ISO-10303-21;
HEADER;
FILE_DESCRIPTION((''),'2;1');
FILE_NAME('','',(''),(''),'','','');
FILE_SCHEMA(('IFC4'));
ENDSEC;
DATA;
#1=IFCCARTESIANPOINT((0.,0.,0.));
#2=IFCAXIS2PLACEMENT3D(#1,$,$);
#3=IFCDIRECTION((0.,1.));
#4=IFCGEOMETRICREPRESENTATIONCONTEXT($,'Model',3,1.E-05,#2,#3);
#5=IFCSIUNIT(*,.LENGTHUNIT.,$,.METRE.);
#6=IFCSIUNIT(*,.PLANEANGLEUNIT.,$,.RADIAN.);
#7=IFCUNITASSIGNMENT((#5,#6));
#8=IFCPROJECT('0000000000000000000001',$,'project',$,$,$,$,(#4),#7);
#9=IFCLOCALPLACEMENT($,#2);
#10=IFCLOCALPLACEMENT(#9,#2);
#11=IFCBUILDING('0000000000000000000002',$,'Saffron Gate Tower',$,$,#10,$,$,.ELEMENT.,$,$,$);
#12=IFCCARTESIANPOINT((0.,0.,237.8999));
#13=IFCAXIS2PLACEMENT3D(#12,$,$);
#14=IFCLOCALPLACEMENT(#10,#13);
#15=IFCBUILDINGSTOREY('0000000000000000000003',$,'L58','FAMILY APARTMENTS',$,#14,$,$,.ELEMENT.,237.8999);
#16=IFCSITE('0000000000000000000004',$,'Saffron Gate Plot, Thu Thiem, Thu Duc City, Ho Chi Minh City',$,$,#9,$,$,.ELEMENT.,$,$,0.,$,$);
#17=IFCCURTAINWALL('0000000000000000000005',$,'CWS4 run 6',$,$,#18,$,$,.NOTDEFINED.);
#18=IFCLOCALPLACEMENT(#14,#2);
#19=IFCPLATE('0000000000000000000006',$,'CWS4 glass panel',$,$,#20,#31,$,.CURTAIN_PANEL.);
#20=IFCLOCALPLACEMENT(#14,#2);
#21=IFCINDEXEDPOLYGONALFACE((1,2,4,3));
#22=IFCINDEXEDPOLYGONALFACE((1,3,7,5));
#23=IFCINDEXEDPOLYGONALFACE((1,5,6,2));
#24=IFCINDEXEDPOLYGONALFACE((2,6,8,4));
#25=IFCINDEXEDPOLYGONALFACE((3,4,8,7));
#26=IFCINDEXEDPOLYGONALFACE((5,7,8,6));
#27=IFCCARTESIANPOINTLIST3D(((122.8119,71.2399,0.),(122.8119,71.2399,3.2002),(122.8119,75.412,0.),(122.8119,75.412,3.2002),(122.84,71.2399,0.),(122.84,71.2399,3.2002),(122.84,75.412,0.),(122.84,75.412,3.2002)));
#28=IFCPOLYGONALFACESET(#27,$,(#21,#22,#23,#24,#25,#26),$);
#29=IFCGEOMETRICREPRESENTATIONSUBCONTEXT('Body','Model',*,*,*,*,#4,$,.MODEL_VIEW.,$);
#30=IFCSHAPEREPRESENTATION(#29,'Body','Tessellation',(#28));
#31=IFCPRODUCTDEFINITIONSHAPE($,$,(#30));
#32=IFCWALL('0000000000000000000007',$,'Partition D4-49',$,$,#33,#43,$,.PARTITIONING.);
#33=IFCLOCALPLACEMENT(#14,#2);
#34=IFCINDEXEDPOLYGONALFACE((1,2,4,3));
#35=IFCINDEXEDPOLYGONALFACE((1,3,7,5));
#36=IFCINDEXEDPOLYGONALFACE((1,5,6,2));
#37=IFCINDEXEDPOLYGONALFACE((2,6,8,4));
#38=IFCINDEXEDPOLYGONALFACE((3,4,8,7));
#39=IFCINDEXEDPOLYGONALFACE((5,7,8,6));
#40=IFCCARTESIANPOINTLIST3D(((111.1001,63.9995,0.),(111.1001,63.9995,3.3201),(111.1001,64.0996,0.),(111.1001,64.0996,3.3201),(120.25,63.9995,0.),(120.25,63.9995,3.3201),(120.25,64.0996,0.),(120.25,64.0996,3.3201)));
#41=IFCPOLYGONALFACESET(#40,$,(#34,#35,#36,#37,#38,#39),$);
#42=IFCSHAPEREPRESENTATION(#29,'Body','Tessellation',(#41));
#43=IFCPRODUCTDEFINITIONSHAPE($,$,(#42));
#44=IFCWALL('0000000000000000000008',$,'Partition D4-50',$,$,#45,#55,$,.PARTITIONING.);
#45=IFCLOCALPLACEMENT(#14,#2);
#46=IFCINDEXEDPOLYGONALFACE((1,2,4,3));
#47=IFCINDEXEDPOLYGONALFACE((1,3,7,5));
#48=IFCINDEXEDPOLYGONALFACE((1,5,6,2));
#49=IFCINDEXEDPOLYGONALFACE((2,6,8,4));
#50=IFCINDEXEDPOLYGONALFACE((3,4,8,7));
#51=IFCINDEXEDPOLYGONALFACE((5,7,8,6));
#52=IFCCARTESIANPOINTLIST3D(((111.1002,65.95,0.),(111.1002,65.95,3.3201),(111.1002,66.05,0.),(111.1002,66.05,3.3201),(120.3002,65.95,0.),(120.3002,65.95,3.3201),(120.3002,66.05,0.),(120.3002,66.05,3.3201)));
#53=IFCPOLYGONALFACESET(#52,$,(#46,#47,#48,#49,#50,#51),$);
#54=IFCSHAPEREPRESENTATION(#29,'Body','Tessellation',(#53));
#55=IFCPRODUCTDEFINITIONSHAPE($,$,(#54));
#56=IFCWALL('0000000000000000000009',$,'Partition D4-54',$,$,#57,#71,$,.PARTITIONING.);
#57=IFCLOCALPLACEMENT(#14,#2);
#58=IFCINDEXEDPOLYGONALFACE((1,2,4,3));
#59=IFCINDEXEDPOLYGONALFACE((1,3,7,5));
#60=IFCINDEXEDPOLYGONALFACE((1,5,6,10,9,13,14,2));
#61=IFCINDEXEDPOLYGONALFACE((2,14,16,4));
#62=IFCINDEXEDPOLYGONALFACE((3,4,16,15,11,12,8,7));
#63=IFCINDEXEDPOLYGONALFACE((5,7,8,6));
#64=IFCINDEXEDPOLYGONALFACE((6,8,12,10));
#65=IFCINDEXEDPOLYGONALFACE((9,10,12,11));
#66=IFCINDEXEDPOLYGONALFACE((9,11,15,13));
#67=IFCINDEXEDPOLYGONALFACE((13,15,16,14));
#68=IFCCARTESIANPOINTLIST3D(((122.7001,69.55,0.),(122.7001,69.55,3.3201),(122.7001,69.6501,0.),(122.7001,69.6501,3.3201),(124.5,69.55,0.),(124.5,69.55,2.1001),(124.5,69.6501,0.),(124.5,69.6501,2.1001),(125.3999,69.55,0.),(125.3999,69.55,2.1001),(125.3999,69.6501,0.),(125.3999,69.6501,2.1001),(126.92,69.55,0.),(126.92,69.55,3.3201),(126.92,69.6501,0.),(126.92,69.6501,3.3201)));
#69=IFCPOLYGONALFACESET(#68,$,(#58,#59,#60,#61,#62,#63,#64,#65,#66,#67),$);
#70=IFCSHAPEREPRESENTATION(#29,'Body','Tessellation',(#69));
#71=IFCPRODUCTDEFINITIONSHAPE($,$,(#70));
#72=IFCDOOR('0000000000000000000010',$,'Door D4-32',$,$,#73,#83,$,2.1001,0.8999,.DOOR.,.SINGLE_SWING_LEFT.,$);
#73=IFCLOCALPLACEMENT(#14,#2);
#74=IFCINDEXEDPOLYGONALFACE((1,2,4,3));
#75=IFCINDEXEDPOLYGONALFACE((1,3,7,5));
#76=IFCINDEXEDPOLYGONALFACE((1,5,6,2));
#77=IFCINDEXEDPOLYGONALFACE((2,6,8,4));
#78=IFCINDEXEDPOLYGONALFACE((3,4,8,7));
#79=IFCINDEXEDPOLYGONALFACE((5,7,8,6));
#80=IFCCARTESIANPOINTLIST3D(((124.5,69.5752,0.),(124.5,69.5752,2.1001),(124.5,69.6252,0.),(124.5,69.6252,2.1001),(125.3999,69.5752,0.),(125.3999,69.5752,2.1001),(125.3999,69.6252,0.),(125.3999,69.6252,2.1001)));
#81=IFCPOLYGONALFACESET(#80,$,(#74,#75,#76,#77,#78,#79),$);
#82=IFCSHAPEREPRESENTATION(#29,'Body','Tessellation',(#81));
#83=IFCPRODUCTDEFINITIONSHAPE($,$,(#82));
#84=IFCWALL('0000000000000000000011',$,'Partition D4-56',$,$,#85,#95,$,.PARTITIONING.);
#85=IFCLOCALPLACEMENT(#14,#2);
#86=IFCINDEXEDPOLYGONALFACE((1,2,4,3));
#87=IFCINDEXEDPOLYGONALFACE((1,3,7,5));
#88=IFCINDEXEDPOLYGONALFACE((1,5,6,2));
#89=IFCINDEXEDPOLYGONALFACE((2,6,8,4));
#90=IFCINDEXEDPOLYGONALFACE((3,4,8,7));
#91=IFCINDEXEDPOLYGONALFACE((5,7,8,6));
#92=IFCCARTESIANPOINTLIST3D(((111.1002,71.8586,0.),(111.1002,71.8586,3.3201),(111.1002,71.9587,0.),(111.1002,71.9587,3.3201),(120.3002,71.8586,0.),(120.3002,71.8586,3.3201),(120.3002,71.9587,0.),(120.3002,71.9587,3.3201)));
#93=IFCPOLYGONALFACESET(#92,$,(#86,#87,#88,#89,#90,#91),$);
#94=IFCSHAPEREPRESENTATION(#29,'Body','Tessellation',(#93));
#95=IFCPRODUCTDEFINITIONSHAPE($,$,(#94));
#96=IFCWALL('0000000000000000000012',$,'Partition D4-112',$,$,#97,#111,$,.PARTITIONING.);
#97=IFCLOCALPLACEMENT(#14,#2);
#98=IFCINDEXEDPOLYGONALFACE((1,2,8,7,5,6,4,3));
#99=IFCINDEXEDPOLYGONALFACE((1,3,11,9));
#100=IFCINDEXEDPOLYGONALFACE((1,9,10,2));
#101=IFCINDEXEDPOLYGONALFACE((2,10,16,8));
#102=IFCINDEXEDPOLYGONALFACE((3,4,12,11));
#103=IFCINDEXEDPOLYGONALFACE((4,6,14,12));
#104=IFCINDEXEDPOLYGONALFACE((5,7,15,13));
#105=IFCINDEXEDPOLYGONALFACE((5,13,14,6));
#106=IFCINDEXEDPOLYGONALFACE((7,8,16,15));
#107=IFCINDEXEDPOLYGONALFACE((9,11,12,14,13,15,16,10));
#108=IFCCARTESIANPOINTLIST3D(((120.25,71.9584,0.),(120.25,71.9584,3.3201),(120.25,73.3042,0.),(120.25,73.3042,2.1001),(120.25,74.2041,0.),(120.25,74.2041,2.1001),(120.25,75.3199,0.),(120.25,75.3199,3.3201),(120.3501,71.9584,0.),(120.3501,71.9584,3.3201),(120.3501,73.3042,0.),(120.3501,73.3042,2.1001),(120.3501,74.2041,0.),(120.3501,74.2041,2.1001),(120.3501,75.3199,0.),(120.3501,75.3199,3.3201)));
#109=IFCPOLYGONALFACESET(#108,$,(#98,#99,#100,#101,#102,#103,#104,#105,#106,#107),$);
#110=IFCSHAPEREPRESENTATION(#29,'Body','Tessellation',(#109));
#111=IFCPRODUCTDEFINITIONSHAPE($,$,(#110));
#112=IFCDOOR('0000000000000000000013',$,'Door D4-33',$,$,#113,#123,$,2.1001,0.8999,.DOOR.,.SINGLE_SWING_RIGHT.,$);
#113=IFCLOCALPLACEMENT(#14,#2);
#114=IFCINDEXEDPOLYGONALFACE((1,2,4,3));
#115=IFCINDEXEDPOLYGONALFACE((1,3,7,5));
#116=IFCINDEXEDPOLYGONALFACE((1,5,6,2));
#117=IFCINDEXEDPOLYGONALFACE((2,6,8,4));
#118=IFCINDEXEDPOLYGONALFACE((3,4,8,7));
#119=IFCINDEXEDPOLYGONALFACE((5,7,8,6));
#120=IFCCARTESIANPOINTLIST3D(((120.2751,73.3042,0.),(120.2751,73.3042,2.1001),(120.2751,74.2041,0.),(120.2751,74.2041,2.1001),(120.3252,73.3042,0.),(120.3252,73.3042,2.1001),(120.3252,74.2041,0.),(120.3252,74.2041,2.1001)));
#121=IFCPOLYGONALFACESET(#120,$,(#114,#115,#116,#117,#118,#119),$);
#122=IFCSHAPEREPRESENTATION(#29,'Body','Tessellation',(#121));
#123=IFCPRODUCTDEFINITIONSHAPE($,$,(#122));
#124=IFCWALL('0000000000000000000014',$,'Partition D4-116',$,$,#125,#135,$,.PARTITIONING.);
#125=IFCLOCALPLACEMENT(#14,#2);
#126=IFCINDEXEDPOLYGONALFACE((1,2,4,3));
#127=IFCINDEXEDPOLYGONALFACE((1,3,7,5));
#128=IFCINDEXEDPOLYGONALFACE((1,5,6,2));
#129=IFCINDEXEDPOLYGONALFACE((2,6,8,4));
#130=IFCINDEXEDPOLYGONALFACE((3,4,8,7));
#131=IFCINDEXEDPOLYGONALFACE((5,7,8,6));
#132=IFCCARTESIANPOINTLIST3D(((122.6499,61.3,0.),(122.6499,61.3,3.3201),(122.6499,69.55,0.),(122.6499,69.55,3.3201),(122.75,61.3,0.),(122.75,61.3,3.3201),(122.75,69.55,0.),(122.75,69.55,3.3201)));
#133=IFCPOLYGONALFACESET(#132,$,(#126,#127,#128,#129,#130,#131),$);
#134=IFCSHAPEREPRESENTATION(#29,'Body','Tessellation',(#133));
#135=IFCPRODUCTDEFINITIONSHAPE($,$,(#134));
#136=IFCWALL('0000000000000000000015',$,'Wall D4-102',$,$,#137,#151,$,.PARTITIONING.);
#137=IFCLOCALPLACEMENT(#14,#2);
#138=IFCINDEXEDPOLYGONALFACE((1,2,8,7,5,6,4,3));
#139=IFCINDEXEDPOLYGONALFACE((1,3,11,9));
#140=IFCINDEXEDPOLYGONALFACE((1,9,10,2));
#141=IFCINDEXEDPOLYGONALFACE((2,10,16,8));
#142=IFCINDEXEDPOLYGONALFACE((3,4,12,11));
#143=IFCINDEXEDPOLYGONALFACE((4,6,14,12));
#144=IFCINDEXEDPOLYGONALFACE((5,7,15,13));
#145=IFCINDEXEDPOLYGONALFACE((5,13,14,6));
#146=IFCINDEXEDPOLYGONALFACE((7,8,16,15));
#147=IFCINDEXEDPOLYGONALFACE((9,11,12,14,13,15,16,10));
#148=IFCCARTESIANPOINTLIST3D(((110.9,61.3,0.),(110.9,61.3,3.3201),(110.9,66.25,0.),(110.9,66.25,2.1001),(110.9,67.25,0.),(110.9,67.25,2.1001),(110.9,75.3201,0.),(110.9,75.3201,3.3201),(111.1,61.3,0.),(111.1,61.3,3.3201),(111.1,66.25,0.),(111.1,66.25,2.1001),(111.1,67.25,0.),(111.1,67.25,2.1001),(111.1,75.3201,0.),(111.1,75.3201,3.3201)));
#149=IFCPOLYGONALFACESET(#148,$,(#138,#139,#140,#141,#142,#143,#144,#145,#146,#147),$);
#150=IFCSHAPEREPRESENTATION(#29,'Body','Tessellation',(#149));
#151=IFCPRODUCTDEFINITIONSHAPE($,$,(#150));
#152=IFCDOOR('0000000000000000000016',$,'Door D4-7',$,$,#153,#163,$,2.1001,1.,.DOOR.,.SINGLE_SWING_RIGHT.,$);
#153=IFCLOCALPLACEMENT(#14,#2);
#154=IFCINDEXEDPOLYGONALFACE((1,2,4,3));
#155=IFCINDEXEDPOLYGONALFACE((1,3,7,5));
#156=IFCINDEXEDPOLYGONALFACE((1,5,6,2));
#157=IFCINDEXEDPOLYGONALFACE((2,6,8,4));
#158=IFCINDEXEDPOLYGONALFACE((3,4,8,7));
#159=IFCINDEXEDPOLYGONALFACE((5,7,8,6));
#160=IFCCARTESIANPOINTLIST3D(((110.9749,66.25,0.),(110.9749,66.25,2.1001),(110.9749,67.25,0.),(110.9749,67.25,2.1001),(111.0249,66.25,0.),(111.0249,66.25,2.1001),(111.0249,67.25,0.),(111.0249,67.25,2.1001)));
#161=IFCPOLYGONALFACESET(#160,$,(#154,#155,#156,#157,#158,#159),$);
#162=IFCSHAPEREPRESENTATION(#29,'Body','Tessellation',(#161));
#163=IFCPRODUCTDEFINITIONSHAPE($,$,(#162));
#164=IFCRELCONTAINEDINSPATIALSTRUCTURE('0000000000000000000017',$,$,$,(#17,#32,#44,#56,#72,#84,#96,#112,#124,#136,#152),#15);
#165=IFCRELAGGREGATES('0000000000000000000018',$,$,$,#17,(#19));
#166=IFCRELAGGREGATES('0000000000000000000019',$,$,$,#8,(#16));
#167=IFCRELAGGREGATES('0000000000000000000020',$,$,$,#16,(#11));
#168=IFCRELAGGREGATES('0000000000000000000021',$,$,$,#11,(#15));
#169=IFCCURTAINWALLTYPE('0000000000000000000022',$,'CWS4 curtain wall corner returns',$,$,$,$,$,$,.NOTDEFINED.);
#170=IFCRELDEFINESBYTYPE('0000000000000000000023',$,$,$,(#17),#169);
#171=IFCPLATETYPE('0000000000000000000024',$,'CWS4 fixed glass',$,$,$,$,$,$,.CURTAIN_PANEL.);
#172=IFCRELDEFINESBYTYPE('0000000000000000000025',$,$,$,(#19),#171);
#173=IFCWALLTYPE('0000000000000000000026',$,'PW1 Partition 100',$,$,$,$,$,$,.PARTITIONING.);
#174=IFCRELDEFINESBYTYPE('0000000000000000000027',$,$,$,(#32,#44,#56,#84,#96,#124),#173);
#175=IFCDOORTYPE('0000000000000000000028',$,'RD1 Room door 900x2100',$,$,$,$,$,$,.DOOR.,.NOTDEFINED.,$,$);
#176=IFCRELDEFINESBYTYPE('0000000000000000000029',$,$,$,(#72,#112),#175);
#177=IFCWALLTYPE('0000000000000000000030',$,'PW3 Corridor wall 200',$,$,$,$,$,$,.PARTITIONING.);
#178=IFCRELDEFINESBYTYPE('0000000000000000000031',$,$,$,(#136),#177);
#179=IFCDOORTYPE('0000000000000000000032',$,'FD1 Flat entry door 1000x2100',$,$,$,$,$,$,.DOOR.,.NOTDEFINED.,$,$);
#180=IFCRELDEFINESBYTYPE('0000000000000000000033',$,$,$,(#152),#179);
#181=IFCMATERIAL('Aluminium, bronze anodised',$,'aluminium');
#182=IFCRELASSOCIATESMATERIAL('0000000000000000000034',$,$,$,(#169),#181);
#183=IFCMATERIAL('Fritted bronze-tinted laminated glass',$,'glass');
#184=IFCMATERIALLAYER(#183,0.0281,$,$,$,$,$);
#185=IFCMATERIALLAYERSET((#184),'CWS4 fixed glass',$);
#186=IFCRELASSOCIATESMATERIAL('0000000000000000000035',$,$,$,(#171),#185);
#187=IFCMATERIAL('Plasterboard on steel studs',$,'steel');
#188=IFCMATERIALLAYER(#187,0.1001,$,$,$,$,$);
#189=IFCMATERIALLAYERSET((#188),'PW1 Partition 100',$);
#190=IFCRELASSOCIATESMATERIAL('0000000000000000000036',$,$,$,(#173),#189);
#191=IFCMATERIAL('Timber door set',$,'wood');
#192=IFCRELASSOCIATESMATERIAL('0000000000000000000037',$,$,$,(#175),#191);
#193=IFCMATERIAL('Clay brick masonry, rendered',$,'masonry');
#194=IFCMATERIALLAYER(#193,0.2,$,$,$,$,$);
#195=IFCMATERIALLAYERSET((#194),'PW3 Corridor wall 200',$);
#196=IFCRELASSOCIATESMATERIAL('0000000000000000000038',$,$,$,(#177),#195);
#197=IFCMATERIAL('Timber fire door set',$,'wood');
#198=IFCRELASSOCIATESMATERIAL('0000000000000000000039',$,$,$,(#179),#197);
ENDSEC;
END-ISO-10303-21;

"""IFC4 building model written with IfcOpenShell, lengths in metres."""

from ifc_helpers import new_model, si_unit, direction, frame, frame_2d, origin, place, context, subcontext, project, spatial, rectangle, extrude, material, layer, layer_set, type_object, element, fill, aggregate, save


model = new_model("IFC4")

# Units and contexts
model_context = context("Model", 3, precision=1e-05, world=origin(), true_north=direction((0.0, 1.0)))
body_context = subcontext(model_context, "Body", "Model", "MODEL_VIEW")
ifc_project = project(units=[si_unit("LENGTHUNIT", "METRE"), si_unit("PLANEANGLEUNIT", "RADIAN")], contexts=[model_context])

# Site, building, storey
site_placement = place(None, origin())
site = spatial("IfcSite", under=ifc_project, at=site_placement, Name="Saffron Gate Plot, Thu Thiem, Thu Duc City, Ho Chi Minh City", CompositionType="ELEMENT", RefElevation=0.0)
building_placement = place(site_placement, origin())
building = spatial("IfcBuilding", under=site, at=building_placement, Name="Saffron Gate Tower", CompositionType="ELEMENT")
storey_placement = place(building_placement, frame((0.0, 0.0, 237.8999)))
storey = spatial("IfcBuildingStorey", under=building, at=storey_placement, Name="L58", Description="FAMILY APARTMENTS", CompositionType="ELEMENT", Elevation=237.8999)

# Shared definitions
ifc_material_1 = material(Name="Aluminium, bronze anodised", Category="aluminium")

# Curtain wall
curtain_wall_type_1 = type_object("IfcCurtainWallType", Name="CWS4 curtain wall corner returns", PredefinedType="NOTDEFINED", material=ifc_material_1)
curtain_wall_1_placement = place(storey_placement, origin())
curtain_wall_1 = element("IfcCurtainWall", 1, at=curtain_wall_1_placement, inside=storey, type_object=curtain_wall_type_1, Name="CWS4 run 6", PredefinedType="NOTDEFINED")

# Plate
ifc_material_2 = material(Name="Fritted bronze-tinted laminated glass", Category="glass")
ifc_layer_1 = layer(ifc_material_2, 0.0281)
ifc_layer_set_1 = layer_set([ifc_layer_1], Name="CWS4 fixed glass")
plate_type_1 = type_object("IfcPlateType", Name="CWS4 fixed glass", PredefinedType="CURTAIN_PANEL", material=ifc_layer_set_1)
plate_1_placement = place(storey_placement, frame((122.8259, 71.24, 0.0), z_axis=(0.0, 0.0, 1.0), x_axis=(0.0, 1.0, 0.0)))
plate_1 = element("IfcPlate", 2, at=plate_1_placement, type_object=plate_type_1, Name="CWS4 glass panel", PredefinedType="CURTAIN_PANEL", context=body_context, shape_type="SweptSolid", body=[
    extrude(rectangle(XDim=4.1721, YDim=0.0281, at=frame_2d((2.0859, 0.0))), origin(), (0.0, 0.0, 1.0), 3.2002),
])
aggregate(curtain_wall_1, [plate_1])

# Walls
ifc_material_3 = material(Name="Plasterboard on steel studs", Category="steel")
ifc_layer_2 = layer(ifc_material_3, 0.1001)
ifc_layer_set_2 = layer_set([ifc_layer_2], Name="PW1 Partition 100")
wall_type_1 = type_object("IfcWallType", Name="PW1 Partition 100", PredefinedType="PARTITIONING", material=ifc_layer_set_2)
wall_1_placement = place(storey_placement, frame((111.1001, 64.0496, 0.0), z_axis=(0.0, 0.0, 1.0), x_axis=(1.0, 0.0, 0.0)))
element("IfcWall", 3, at=wall_1_placement, inside=storey, type_object=wall_type_1, Name="Partition D4-49", PredefinedType="PARTITIONING", context=body_context, shape_type="SweptSolid", body=[
    extrude(rectangle(XDim=9.1499, YDim=0.1001, at=frame_2d((4.575, 0.0))), origin(), (0.0, 0.0, 1.0), 3.3201),
])
wall_2_placement = place(storey_placement, frame((111.1001, 66.0, 0.0), z_axis=(0.0, 0.0, 1.0), x_axis=(1.0, 0.0, 0.0)))
element("IfcWall", 4, at=wall_2_placement, inside=storey, type_object=wall_type_1, Name="Partition D4-50", PredefinedType="PARTITIONING", context=body_context, shape_type="SweptSolid", body=[
    extrude(rectangle(XDim=9.2, YDim=0.1001, at=frame_2d((4.6001, 0.0))), origin(), (0.0, 0.0, 1.0), 3.3201),
])

# Wall, opening, door
wall_3_placement = place(storey_placement, frame((126.9199, 69.6001, 0.0), z_axis=(0.0, 0.0, 1.0), x_axis=(-1.0, 0.0, 0.0)))
wall_3 = element("IfcWall", 5, at=wall_3_placement, inside=storey, type_object=wall_type_1, Name="Partition D4-54", PredefinedType="PARTITIONING", context=body_context, shape_type="SweptSolid", body=[
    extrude(rectangle(XDim=4.22, YDim=0.1001, at=frame_2d((2.1099, 0.0))), origin(), (0.0, 0.0, 1.0), 3.3201),
])
opening_1_placement = place(wall_3_placement, frame((1.52, 0.0, 0.0)))
opening_1 = element("IfcOpeningElement", 6, at=opening_1_placement, cuts=wall_3, PredefinedType="OPENING", context=body_context, shape_type="SweptSolid", body=[
    extrude(rectangle(XDim=0.8999, YDim=2.1001, at=frame_2d((0.45, 1.05))), frame((0.0, 0.0601, 0.0), z_axis=(0.0, -1.0, 0.0), x_axis=(1.0, 0.0, 0.0)), (0.0, 0.0, 1.0), 0.1201),
])
ifc_material_4 = material(Name="Timber door set", Category="wood")
door_type_1 = type_object("IfcDoorType", Name="RD1 Room door 900x2100", OperationType="NOTDEFINED", PredefinedType="DOOR", material=ifc_material_4)
door_1_placement = place(opening_1_placement, origin())
door_1 = element("IfcDoor", 7, at=door_1_placement, inside=storey, type_object=door_type_1, Name="Door D4-32", OperationType="SINGLE_SWING_LEFT", OverallHeight=2.1001, OverallWidth=0.8999, PredefinedType="DOOR", context=body_context, shape_type="SweptSolid", body=[
    extrude(rectangle(XDim=0.8999, YDim=2.1001, at=frame_2d((0.45, 1.05))), frame((0.0, 0.0249, 0.0), z_axis=(0.0, -1.0, 0.0), x_axis=(1.0, 0.0, 0.0)), (0.0, 0.0, 1.0), 0.05),
])
fill(opening_1, door_1)

# Wall
wall_4_placement = place(storey_placement, frame((111.1001, 71.9087, 0.0), z_axis=(0.0, 0.0, 1.0), x_axis=(1.0, 0.0, 0.0)))
element("IfcWall", 8, at=wall_4_placement, inside=storey, type_object=wall_type_1, Name="Partition D4-56", PredefinedType="PARTITIONING", context=body_context, shape_type="SweptSolid", body=[
    extrude(rectangle(XDim=9.2, YDim=0.1001, at=frame_2d((4.6001, 0.0))), origin(), (0.0, 0.0, 1.0), 3.3201),
])

# Wall, opening, door
wall_5_placement = place(storey_placement, frame((120.3, 71.9585, 0.0), z_axis=(0.0, 0.0, 1.0), x_axis=(0.0, 1.0, 0.0)))
wall_5 = element("IfcWall", 9, at=wall_5_placement, inside=storey, type_object=wall_type_1, Name="Partition D4-112", PredefinedType="PARTITIONING", context=body_context, shape_type="SweptSolid", body=[
    extrude(rectangle(XDim=3.3616, YDim=0.1001, at=frame_2d((1.6807, 0.0))), origin(), (0.0, 0.0, 1.0), 3.3201),
])
opening_2_placement = place(wall_5_placement, frame((1.3457, 0.0, 0.0)))
opening_2 = element("IfcOpeningElement", 10, at=opening_2_placement, cuts=wall_5, PredefinedType="OPENING", context=body_context, shape_type="SweptSolid", body=[
    extrude(rectangle(XDim=0.8999, YDim=2.1001, at=frame_2d((0.45, 1.05))), frame((0.0, 0.0601, 0.0), z_axis=(0.0, -1.0, 0.0), x_axis=(1.0, 0.0, 0.0)), (0.0, 0.0, 1.0), 0.1201),
])
door_2_placement = place(opening_2_placement, origin())
door_2 = element("IfcDoor", 11, at=door_2_placement, inside=storey, type_object=door_type_1, Name="Door D4-33", OperationType="SINGLE_SWING_RIGHT", OverallHeight=2.1001, OverallWidth=0.8999, PredefinedType="DOOR", context=body_context, shape_type="SweptSolid", body=[
    extrude(rectangle(XDim=0.8999, YDim=2.1001, at=frame_2d((0.45, 1.05))), frame((0.0, 0.0249, 0.0), z_axis=(0.0, -1.0, 0.0), x_axis=(1.0, 0.0, 0.0)), (0.0, 0.0, 1.0), 0.05),
])
fill(opening_2, door_2)

# Wall
wall_6_placement = place(storey_placement, frame((122.7, 69.55, 0.0), z_axis=(0.0, 0.0, 1.0), x_axis=(0.0, -1.0, 0.0)))
element("IfcWall", 12, at=wall_6_placement, inside=storey, type_object=wall_type_1, Name="Partition D4-116", PredefinedType="PARTITIONING", context=body_context, shape_type="SweptSolid", body=[
    extrude(rectangle(XDim=8.25, YDim=0.1001, at=frame_2d((4.125, 0.0))), origin(), (0.0, 0.0, 1.0), 3.3201),
])

# Wall, opening, door
ifc_material_5 = material(Name="Clay brick masonry, rendered", Category="masonry")
ifc_layer_3 = layer(ifc_material_5, 0.2)
ifc_layer_set_3 = layer_set([ifc_layer_3], Name="PW3 Corridor wall 200")
wall_type_2 = type_object("IfcWallType", Name="PW3 Corridor wall 200", PredefinedType="PARTITIONING", material=ifc_layer_set_3)
wall_7_placement = place(storey_placement, frame((111.0, 75.3201, 0.0), z_axis=(0.0, 0.0, 1.0), x_axis=(0.0, -1.0, 0.0)))
wall_7 = element("IfcWall", 13, at=wall_7_placement, inside=storey, type_object=wall_type_2, Name="Wall D4-102", PredefinedType="PARTITIONING", context=body_context, shape_type="SweptSolid", body=[
    extrude(rectangle(XDim=14.02, YDim=0.2, at=frame_2d((7.01, 0.0))), origin(), (0.0, 0.0, 1.0), 3.3201),
])
opening_3_placement = place(wall_7_placement, frame((8.0701, 0.0, 0.0)))
opening_3 = element("IfcOpeningElement", 14, at=opening_3_placement, cuts=wall_7, PredefinedType="OPENING", context=body_context, shape_type="SweptSolid", body=[
    extrude(rectangle(XDim=1.0, YDim=2.1001, at=frame_2d((0.5, 1.05))), frame((0.0, 0.1099, 0.0), z_axis=(0.0, -1.0, 0.0), x_axis=(1.0, 0.0, 0.0)), (0.0, 0.0, 1.0), 0.22),
])
ifc_material_6 = material(Name="Timber fire door set", Category="wood")
door_type_2 = type_object("IfcDoorType", Name="FD1 Flat entry door 1000x2100", OperationType="NOTDEFINED", PredefinedType="DOOR", material=ifc_material_6)
door_3_placement = place(opening_3_placement, origin())
door_3 = element("IfcDoor", 15, at=door_3_placement, inside=storey, type_object=door_type_2, Name="Door D4-7", OperationType="SINGLE_SWING_RIGHT", OverallHeight=2.1001, OverallWidth=1.0, PredefinedType="DOOR", context=body_context, shape_type="SweptSolid", body=[
    extrude(rectangle(XDim=1.0, YDim=2.1001, at=frame_2d((0.5, 1.05))), frame((0.0, 0.0249, 0.0), z_axis=(0.0, -1.0, 0.0), x_axis=(1.0, 0.0, 0.0)), (0.0, 0.0, 1.0), 0.05),
])
fill(opening_3, door_3)

save(model, "model.ifc")
